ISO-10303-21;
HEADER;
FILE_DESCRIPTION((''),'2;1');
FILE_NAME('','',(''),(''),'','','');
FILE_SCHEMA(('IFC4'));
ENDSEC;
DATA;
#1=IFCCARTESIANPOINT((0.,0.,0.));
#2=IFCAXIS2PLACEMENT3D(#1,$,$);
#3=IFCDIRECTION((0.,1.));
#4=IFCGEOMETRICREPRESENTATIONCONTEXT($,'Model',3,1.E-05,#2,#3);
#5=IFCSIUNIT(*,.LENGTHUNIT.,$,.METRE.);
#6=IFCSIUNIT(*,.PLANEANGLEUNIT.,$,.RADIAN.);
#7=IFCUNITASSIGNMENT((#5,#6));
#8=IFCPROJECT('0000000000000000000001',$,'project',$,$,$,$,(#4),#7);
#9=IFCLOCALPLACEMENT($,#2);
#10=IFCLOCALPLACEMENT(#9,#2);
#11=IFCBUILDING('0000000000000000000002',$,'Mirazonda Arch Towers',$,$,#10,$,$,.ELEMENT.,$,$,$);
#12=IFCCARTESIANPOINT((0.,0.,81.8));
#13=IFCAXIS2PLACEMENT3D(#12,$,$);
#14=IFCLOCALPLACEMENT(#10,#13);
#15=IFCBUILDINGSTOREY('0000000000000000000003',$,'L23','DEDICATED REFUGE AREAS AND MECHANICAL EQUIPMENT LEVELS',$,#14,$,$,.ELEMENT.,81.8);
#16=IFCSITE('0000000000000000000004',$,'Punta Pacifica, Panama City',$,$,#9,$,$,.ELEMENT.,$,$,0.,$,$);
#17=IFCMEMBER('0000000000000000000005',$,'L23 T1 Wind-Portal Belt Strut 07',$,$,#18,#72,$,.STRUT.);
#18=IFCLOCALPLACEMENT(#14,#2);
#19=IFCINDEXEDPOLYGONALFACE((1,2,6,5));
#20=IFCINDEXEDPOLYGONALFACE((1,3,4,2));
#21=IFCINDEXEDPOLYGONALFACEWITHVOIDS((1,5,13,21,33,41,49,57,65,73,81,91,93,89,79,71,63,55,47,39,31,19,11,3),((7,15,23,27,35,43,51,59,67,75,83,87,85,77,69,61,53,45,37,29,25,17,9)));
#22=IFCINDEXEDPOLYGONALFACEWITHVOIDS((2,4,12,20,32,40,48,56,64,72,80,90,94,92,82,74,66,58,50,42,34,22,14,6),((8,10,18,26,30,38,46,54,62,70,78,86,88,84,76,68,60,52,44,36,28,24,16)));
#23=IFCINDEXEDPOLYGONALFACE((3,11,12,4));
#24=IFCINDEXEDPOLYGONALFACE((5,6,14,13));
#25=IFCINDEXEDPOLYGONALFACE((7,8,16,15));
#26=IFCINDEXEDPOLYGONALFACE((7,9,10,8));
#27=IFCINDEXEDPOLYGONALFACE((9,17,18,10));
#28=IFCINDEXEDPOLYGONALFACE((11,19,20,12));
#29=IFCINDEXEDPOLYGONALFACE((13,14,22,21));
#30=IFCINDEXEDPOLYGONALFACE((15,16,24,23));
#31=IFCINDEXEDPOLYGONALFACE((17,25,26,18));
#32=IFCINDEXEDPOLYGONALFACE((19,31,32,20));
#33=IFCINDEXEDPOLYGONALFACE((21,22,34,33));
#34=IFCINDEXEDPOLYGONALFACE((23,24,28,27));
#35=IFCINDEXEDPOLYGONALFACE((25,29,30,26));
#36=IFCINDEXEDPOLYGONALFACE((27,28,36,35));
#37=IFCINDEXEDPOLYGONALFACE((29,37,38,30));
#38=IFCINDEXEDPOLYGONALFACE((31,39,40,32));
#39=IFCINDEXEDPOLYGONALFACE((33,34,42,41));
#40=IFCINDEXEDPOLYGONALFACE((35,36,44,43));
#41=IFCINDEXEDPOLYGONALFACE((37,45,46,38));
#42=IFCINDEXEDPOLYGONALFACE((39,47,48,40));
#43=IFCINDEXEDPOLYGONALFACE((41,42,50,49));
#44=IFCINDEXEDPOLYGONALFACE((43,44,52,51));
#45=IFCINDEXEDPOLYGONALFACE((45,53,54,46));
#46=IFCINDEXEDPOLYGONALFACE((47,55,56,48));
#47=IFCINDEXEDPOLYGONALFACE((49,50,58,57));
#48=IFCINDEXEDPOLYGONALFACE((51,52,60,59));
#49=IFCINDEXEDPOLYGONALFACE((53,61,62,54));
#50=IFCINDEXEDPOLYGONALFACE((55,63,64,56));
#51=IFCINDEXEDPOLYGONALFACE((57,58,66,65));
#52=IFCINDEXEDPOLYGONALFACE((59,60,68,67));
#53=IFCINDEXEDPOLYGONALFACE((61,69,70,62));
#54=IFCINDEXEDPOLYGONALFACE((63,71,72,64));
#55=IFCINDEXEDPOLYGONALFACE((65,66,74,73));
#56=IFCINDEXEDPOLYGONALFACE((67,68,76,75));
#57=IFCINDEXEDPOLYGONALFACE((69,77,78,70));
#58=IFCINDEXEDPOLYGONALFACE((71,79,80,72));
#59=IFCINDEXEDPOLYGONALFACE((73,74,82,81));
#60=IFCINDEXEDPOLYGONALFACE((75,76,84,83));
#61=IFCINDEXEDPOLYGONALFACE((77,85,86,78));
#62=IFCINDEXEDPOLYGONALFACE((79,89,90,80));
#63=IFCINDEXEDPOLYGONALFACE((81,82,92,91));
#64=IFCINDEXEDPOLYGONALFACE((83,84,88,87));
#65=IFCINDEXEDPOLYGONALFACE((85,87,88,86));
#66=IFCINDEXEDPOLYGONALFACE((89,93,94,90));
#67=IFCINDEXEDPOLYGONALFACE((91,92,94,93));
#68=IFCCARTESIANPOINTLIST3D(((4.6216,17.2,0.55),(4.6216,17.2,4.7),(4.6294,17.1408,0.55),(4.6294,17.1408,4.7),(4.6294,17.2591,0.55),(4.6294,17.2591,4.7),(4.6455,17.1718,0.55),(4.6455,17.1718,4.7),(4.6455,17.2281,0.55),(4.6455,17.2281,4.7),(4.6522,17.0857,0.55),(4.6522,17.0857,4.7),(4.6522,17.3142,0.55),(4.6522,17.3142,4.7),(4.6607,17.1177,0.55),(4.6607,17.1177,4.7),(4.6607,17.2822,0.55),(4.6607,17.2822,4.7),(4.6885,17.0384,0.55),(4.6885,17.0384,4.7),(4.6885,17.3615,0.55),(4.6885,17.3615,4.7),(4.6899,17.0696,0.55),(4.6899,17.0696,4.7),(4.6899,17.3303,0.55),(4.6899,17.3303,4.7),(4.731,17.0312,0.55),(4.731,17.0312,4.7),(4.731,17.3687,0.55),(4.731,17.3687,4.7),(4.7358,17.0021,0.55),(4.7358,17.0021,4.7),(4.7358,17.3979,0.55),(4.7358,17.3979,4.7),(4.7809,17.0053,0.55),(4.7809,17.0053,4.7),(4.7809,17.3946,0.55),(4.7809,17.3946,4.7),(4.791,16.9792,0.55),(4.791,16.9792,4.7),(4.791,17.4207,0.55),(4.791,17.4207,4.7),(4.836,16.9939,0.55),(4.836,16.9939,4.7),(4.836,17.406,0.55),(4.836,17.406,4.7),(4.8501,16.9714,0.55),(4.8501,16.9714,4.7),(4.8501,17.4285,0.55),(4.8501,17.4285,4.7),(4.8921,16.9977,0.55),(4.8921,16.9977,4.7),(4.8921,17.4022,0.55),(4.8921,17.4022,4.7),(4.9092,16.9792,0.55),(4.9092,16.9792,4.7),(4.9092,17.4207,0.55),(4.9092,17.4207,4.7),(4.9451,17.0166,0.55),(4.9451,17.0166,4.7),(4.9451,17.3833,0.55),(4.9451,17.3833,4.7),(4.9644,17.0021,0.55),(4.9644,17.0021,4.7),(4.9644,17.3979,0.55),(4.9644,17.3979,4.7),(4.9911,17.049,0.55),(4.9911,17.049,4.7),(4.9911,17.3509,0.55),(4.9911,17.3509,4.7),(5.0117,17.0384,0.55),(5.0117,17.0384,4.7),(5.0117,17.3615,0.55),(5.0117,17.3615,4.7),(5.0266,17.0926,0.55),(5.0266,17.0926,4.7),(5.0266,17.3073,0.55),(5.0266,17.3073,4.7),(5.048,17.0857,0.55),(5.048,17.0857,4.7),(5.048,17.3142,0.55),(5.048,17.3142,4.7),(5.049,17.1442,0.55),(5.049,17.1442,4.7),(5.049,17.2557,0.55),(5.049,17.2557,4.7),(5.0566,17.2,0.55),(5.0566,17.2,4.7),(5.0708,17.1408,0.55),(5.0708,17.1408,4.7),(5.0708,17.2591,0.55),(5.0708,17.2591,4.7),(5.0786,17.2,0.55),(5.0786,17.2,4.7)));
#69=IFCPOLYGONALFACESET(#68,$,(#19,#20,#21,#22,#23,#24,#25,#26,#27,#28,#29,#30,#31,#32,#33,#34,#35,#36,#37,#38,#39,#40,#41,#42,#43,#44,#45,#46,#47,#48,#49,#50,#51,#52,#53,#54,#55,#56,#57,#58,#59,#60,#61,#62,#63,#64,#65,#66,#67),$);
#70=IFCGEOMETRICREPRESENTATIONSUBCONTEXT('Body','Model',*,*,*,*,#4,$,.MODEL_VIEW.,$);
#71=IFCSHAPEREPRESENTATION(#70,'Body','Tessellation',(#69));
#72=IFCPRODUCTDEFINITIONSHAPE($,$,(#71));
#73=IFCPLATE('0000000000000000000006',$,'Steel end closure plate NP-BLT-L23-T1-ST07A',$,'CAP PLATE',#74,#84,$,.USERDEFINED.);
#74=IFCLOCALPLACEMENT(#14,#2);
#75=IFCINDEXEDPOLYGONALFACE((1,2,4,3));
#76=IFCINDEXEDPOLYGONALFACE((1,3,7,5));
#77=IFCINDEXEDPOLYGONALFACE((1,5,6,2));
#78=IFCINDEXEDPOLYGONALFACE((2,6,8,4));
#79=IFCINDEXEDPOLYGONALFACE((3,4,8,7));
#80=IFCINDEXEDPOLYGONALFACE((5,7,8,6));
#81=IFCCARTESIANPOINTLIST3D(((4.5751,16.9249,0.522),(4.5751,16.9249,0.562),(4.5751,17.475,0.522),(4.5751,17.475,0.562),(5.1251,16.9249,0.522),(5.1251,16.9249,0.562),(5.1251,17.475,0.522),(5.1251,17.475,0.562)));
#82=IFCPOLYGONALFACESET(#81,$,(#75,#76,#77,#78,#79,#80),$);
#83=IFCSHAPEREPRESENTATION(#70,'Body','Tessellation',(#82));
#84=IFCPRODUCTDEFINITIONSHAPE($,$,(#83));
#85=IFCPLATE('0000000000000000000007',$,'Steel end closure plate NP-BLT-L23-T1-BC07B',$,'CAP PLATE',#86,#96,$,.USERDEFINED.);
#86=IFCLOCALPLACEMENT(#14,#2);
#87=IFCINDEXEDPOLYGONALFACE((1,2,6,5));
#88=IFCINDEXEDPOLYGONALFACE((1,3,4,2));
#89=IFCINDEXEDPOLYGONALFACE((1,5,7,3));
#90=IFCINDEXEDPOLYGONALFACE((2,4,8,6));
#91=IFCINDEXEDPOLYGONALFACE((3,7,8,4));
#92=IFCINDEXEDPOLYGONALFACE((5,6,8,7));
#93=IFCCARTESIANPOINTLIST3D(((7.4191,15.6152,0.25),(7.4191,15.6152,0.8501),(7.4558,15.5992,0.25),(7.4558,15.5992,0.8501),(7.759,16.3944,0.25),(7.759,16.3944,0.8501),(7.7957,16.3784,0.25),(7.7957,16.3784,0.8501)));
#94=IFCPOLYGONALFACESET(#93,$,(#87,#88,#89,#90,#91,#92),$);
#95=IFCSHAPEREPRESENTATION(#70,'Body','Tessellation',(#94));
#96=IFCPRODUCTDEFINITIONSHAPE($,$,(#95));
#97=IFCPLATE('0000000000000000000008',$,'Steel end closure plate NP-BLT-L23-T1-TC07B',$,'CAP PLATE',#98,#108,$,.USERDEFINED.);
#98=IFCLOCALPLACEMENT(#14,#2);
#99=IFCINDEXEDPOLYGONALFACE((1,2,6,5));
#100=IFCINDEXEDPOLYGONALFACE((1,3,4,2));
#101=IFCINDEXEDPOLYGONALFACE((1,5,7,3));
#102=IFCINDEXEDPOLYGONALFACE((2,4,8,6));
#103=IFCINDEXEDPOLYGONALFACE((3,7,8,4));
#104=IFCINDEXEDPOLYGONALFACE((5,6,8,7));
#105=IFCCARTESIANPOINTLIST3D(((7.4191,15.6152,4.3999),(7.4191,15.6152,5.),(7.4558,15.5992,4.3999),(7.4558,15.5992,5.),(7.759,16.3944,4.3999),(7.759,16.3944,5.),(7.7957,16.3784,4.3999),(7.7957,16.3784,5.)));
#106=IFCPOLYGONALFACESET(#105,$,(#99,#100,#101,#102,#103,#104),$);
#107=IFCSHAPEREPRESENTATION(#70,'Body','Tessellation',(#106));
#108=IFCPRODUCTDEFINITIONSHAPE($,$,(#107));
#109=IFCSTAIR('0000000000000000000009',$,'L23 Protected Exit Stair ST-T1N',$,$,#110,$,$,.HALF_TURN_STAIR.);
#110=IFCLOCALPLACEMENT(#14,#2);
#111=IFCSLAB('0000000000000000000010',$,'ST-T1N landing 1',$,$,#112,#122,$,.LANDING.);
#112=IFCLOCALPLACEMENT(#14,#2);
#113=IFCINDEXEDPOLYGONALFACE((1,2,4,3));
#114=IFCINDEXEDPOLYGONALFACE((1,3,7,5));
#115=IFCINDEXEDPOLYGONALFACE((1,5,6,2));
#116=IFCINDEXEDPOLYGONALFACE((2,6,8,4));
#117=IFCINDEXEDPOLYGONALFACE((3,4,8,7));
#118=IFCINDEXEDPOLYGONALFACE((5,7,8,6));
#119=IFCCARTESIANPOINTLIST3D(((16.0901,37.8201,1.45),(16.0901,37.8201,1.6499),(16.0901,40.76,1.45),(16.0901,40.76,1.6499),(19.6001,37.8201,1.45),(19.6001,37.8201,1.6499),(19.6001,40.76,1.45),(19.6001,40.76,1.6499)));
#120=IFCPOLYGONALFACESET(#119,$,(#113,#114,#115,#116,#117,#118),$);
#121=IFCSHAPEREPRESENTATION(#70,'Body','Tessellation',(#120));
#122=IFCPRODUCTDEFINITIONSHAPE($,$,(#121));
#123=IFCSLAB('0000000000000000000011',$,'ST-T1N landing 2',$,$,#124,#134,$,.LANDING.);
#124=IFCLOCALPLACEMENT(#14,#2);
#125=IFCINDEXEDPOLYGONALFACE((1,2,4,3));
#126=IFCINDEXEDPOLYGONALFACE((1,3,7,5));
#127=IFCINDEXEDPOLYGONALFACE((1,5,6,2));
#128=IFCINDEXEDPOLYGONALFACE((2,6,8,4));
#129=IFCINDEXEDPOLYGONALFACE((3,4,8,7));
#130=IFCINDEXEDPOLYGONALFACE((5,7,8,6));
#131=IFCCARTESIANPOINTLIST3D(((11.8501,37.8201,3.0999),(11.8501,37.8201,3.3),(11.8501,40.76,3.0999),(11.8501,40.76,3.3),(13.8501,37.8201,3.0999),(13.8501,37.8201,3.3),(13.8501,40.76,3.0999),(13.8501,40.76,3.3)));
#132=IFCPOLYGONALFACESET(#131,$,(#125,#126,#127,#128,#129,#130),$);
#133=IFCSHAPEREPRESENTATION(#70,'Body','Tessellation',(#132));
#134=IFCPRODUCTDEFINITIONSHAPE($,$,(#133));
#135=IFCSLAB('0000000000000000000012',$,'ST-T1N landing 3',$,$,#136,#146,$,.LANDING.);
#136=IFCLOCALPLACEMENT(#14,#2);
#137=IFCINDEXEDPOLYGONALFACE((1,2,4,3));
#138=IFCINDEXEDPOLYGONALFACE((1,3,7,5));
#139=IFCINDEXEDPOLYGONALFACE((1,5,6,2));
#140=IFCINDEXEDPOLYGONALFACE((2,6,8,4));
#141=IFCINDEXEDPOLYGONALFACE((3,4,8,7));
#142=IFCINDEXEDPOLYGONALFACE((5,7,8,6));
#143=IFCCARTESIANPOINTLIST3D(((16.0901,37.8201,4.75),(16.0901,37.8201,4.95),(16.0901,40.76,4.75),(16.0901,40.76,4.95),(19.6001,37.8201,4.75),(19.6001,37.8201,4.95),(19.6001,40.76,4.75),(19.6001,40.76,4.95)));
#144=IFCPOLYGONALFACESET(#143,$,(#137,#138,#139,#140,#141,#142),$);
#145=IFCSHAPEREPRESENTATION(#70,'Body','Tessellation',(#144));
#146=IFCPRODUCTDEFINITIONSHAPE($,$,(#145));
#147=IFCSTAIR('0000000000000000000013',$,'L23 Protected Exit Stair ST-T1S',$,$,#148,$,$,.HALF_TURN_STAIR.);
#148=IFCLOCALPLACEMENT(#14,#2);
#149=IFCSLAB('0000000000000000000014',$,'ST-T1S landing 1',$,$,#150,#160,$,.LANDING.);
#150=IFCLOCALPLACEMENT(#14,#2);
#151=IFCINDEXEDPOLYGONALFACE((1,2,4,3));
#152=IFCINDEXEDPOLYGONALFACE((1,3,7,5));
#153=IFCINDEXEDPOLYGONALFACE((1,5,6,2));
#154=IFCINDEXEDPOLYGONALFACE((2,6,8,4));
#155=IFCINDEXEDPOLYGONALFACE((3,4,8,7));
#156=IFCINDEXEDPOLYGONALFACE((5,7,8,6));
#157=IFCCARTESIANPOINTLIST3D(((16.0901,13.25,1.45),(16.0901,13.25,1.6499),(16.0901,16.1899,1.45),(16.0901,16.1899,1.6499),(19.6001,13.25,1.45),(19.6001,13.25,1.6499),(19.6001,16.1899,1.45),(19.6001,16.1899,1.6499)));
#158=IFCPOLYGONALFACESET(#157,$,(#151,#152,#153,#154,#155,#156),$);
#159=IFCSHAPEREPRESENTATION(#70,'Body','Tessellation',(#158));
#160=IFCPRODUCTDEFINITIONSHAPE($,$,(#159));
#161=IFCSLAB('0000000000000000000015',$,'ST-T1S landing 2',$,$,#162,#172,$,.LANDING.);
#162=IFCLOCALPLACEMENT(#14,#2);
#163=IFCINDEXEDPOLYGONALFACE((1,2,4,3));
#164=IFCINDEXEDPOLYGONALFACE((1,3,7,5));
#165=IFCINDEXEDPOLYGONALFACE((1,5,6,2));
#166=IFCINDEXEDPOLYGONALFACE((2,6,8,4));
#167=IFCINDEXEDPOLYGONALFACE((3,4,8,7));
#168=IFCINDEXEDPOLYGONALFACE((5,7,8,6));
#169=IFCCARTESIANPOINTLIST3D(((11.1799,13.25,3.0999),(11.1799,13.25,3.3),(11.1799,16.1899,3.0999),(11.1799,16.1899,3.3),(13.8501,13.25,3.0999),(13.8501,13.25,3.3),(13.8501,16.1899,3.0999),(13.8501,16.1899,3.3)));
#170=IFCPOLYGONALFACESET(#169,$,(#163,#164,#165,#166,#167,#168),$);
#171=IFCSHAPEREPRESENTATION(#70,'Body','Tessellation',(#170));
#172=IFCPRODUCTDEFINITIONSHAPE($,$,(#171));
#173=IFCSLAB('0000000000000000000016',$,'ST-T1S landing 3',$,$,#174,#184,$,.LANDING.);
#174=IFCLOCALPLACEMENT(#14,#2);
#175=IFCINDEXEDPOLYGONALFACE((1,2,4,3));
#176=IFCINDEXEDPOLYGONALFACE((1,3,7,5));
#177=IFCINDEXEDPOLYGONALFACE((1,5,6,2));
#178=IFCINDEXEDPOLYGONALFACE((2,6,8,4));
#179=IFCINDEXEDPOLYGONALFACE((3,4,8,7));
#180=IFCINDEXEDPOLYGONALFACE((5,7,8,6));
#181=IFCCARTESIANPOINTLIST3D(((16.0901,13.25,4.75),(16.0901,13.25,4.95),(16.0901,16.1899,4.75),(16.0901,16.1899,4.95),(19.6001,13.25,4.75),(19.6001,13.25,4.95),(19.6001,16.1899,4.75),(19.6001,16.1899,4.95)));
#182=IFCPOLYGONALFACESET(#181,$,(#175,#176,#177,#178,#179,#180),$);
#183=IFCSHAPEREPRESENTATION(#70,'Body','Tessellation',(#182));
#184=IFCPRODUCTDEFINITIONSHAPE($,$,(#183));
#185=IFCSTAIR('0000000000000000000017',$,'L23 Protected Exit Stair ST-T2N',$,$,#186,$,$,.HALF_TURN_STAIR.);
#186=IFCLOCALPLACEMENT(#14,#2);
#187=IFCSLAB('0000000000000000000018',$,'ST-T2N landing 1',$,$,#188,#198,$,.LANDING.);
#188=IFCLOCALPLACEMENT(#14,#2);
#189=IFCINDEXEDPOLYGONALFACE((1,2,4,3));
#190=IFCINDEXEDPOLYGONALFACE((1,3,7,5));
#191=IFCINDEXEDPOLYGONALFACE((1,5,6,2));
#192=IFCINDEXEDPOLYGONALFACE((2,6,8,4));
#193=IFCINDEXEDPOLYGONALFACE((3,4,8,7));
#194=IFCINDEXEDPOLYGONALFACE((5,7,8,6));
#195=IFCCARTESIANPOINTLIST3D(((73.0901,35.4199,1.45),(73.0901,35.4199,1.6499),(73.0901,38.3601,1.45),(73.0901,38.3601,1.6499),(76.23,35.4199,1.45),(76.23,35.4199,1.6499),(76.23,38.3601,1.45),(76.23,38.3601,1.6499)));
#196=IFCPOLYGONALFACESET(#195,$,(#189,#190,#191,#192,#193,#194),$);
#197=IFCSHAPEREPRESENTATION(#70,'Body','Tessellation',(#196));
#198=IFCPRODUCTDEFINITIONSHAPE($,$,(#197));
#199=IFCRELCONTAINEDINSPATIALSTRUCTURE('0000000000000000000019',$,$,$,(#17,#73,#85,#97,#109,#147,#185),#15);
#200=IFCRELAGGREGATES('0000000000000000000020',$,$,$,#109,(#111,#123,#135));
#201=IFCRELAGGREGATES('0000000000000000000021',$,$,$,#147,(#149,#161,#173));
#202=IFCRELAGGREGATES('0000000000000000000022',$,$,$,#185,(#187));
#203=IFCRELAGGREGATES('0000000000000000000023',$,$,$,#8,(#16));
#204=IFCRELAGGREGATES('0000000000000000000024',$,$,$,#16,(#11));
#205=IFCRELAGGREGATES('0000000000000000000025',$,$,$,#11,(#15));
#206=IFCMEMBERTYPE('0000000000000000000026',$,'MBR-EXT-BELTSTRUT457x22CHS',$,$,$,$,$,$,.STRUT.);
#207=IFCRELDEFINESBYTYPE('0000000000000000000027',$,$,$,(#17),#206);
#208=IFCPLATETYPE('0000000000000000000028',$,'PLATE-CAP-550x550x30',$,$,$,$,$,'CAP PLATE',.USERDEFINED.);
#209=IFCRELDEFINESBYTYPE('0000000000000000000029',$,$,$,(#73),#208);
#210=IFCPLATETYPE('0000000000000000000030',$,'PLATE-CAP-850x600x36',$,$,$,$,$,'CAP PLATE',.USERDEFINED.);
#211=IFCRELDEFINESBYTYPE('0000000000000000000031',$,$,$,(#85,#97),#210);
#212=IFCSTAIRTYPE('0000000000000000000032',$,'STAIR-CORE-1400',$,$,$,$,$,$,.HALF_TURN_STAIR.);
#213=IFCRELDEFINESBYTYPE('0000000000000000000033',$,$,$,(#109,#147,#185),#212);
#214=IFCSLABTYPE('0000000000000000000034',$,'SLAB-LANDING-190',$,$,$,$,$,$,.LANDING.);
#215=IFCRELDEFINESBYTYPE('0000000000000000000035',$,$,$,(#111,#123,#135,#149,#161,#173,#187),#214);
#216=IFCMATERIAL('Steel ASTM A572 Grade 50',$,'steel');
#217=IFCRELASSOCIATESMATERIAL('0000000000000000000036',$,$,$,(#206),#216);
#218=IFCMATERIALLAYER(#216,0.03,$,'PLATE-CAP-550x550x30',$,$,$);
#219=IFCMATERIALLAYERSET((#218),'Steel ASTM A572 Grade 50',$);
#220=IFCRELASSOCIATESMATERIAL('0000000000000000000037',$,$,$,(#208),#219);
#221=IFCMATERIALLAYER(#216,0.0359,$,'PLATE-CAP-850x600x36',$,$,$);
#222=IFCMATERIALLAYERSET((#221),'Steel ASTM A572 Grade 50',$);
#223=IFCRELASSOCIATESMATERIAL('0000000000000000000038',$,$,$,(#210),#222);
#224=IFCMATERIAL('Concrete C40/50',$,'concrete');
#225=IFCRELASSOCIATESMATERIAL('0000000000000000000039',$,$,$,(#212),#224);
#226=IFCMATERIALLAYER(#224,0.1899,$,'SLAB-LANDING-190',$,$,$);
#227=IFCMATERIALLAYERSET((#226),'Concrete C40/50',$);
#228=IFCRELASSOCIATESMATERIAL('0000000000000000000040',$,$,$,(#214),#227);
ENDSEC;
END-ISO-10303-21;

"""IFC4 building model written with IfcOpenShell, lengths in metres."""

from ifc_helpers import new_model, si_unit, direction, frame, origin, origin_2d, place, context, subcontext, project, spatial, polyline, rectangle, hollow_circle, outline, extrude, material, layer, layer_set, material_profile, profile_set, type_object, element, aggregate, save


model = new_model("IFC4")

# Units and contexts
model_context = context("Model", 3, precision=1e-05, world=origin(), true_north=direction((0.0, 1.0)))
body_context = subcontext(model_context, "Body", "Model", "MODEL_VIEW")
ifc_project = project(units=[si_unit("LENGTHUNIT", "METRE"), si_unit("PLANEANGLEUNIT", "RADIAN")], contexts=[model_context])

# Site, building, storey
site_placement = place(None, origin())
site = spatial("IfcSite", under=ifc_project, at=site_placement, Name="Punta Pacifica, Panama City", CompositionType="ELEMENT", RefElevation=0.0)
building_placement = place(site_placement, origin())
building = spatial("IfcBuilding", under=site, at=building_placement, Name="Mirazonda Arch Towers", CompositionType="ELEMENT")
storey_placement = place(building_placement, frame((0.0, 0.0, 81.8)))
storey = spatial("IfcBuildingStorey", under=building, at=storey_placement, Name="L23", Description="DEDICATED REFUGE AREAS AND MECHANICAL EQUIPMENT LEVELS", CompositionType="ELEMENT", Elevation=81.8)

# Member
ifc_material_1 = material(Name="Steel ASTM A572 Grade 50", Category="steel")
ifc_material_profile_1 = material_profile(ifc_material_1, hollow_circle(Radius=0.2285, WallThickness=0.022, at=origin_2d()), Name="BELTSTRUT457x22CHS")
ifc_profile_set_1 = profile_set([ifc_material_profile_1], Name="Steel ASTM A572 Grade 50")
member_type_1 = type_object("IfcMemberType", Name="MBR-EXT-BELTSTRUT457x22CHS", PredefinedType="STRUT", material=ifc_profile_set_1)
member_1_placement = place(storey_placement, frame((4.8501, 17.2, 0.55), z_axis=(0.0, 0.0, 1.0), x_axis=(1.0, 0.0, 0.0)))
element("IfcMember", 1, at=member_1_placement, inside=storey, type_object=member_type_1, Name="L23 T1 Wind-Portal Belt Strut 07", PredefinedType="STRUT", context=body_context, shape_type="SweptSolid", body=[
    extrude(hollow_circle(Radius=0.2285, WallThickness=0.022, at=origin_2d()), origin(), (0.0, 0.0, 1.0), 4.1499),
])

# Plates
ifc_layer_1 = layer(ifc_material_1, 0.03, Name="PLATE-CAP-550x550x30")
ifc_layer_set_1 = layer_set([ifc_layer_1], Name="Steel ASTM A572 Grade 50")
plate_type_1 = type_object("IfcPlateType", Name="PLATE-CAP-550x550x30", ElementType="CAP PLATE", PredefinedType="USERDEFINED", material=ifc_layer_set_1)
plate_placement = place(storey_placement, frame((4.8501, 17.2, 0.522), z_axis=(0.0, 0.0, 1.0), x_axis=(1.0, 0.0, 0.0)))
element("IfcPlate", 2, at=plate_placement, inside=storey, type_object=plate_type_1, Name="Steel end closure plate NP-BLT-L23-T1-ST07A", ObjectType="CAP PLATE", PredefinedType="USERDEFINED", context=body_context, shape_type="SweptSolid", body=[
    extrude(rectangle(XDim=0.55, YDim=0.55, at=origin_2d()), origin(), (0.0, 0.0, 1.0), 0.04),
])
ifc_layer_2 = layer(ifc_material_1, 0.0359, Name="PLATE-CAP-850x600x36")
ifc_layer_set_2 = layer_set([ifc_layer_2], Name="Steel ASTM A572 Grade 50")
plate_type_2 = type_object("IfcPlateType", Name="PLATE-CAP-850x600x36", ElementType="CAP PLATE", PredefinedType="USERDEFINED", material=ifc_layer_set_2)
for number, where, z_axis, x_axis, name in (
    (3, (7.6074, 15.9968, 0.25), (0.0, 0.0, 1.0), (0.916572, -0.399869, 0.0), "Steel end closure plate NP-BLT-L23-T1-BC07B"),
    (4, (7.6074, 15.9968, 4.3999), (0.0, 0.0, 1.0), (0.916572, -0.399869, 0.0), "Steel end closure plate NP-BLT-L23-T1-TC07B"),
):
    element("IfcPlate", number, at=place(storey_placement, frame(where, z_axis=z_axis, x_axis=x_axis)), inside=storey, type_object=plate_type_2, Name=name, ObjectType="CAP PLATE", PredefinedType="USERDEFINED", context=body_context, shape_type="SweptSolid", body=[
        extrude(rectangle(XDim=0.04, YDim=0.8501, at=origin_2d()), origin(), (0.0, 0.0, 1.0), 0.6001),
    ])

# Stairs, slabs
ifc_material_2 = material(Name="Concrete C40/50", Category="concrete")
stair_type = type_object("IfcStairType", Name="STAIR-CORE-1400", PredefinedType="HALF_TURN_STAIR", material=ifc_material_2)
stair_1_placement = place(storey_placement, origin())
stair_1 = element("IfcStair", 5, at=stair_1_placement, inside=storey, type_object=stair_type, Name="L23 Protected Exit Stair ST-T1N", PredefinedType="HALF_TURN_STAIR")
ifc_layer_3 = layer(ifc_material_2, 0.1899, Name="SLAB-LANDING-190")
ifc_layer_set_3 = layer_set([ifc_layer_3], Name="Concrete C40/50")
slab_type_1 = type_object("IfcSlabType", Name="SLAB-LANDING-190", PredefinedType="LANDING", material=ifc_layer_set_3)
slab_1_placement = place(storey_placement, frame((0.0, 0.0, 1.45)))
slab_1 = element("IfcSlab", 6, at=slab_1_placement, type_object=slab_type_1, Name="ST-T1N landing 1", PredefinedType="LANDING", context=body_context, shape_type="SweptSolid", body=[
    extrude(outline(polyline([(16.0901, 37.8201), (19.6001, 37.8201), (19.6001, 40.76), (16.0901, 40.76), (16.0901, 37.8201)])), origin(), (0.0, 0.0, 1.0), 0.2),
])
slab_2_placement = place(storey_placement, frame((0.0, 0.0, 3.0999)))
slab_2 = element("IfcSlab", 7, at=slab_2_placement, type_object=slab_type_1, Name="ST-T1N landing 2", PredefinedType="LANDING", context=body_context, shape_type="SweptSolid", body=[
    extrude(outline(polyline([(11.8501, 37.8201), (13.8501, 37.8201), (13.8501, 40.76), (11.8501, 40.76), (11.8501, 37.8201)])), origin(), (0.0, 0.0, 1.0), 0.2002),
])
slab_3_placement = place(storey_placement, frame((0.0, 0.0, 4.75)))
slab_3 = element("IfcSlab", 8, at=slab_3_placement, type_object=slab_type_1, Name="ST-T1N landing 3", PredefinedType="LANDING", context=body_context, shape_type="SweptSolid", body=[
    extrude(outline(polyline([(16.0901, 37.8201), (19.6001, 37.8201), (19.6001, 40.76), (16.0901, 40.76), (16.0901, 37.8201)])), origin(), (0.0, 0.0, 1.0), 0.2),
])
aggregate(stair_1, [slab_1, slab_2, slab_3])
stair_2_placement = place(storey_placement, origin())
stair_2 = element("IfcStair", 9, at=stair_2_placement, inside=storey, type_object=stair_type, Name="L23 Protected Exit Stair ST-T1S", PredefinedType="HALF_TURN_STAIR")
slab_4_placement = place(storey_placement, frame((0.0, 0.0, 1.45)))
slab_4 = element("IfcSlab", 10, at=slab_4_placement, type_object=slab_type_1, Name="ST-T1S landing 1", PredefinedType="LANDING", context=body_context, shape_type="SweptSolid", body=[
    extrude(outline(polyline([(16.0901, 13.25), (19.6001, 13.25), (19.6001, 16.1899), (16.0901, 16.1899), (16.0901, 13.25)])), origin(), (0.0, 0.0, 1.0), 0.2),
])
slab_5_placement = place(storey_placement, frame((0.0, 0.0, 3.0999)))
slab_5 = element("IfcSlab", 11, at=slab_5_placement, type_object=slab_type_1, Name="ST-T1S landing 2", PredefinedType="LANDING", context=body_context, shape_type="SweptSolid", body=[
    extrude(outline(polyline([(11.1799, 13.25), (13.8501, 13.25), (13.8501, 16.1899), (11.1799, 16.1899), (11.1799, 13.25)])), origin(), (0.0, 0.0, 1.0), 0.2002),
])
slab_6_placement = place(storey_placement, frame((0.0, 0.0, 4.75)))
slab_6 = element("IfcSlab", 12, at=slab_6_placement, type_object=slab_type_1, Name="ST-T1S landing 3", PredefinedType="LANDING", context=body_context, shape_type="SweptSolid", body=[
    extrude(outline(polyline([(16.0901, 13.25), (19.6001, 13.25), (19.6001, 16.1899), (16.0901, 16.1899), (16.0901, 13.25)])), origin(), (0.0, 0.0, 1.0), 0.2),
])
aggregate(stair_2, [slab_4, slab_5, slab_6])
stair_3_placement = place(storey_placement, origin())
stair_3 = element("IfcStair", 13, at=stair_3_placement, inside=storey, type_object=stair_type, Name="L23 Protected Exit Stair ST-T2N", PredefinedType="HALF_TURN_STAIR")
slab_7_placement = place(storey_placement, frame((0.0, 0.0, 1.45)))
slab_7 = element("IfcSlab", 14, at=slab_7_placement, type_object=slab_type_1, Name="ST-T2N landing 1", PredefinedType="LANDING", context=body_context, shape_type="SweptSolid", body=[
    extrude(outline(polyline([(73.0901, 35.4199), (76.23, 35.4199), (76.23, 38.3601), (73.0901, 38.3601), (73.0901, 35.4199)])), origin(), (0.0, 0.0, 1.0), 0.2),
])
aggregate(stair_3, [slab_7])

save(model, "model.ifc")
